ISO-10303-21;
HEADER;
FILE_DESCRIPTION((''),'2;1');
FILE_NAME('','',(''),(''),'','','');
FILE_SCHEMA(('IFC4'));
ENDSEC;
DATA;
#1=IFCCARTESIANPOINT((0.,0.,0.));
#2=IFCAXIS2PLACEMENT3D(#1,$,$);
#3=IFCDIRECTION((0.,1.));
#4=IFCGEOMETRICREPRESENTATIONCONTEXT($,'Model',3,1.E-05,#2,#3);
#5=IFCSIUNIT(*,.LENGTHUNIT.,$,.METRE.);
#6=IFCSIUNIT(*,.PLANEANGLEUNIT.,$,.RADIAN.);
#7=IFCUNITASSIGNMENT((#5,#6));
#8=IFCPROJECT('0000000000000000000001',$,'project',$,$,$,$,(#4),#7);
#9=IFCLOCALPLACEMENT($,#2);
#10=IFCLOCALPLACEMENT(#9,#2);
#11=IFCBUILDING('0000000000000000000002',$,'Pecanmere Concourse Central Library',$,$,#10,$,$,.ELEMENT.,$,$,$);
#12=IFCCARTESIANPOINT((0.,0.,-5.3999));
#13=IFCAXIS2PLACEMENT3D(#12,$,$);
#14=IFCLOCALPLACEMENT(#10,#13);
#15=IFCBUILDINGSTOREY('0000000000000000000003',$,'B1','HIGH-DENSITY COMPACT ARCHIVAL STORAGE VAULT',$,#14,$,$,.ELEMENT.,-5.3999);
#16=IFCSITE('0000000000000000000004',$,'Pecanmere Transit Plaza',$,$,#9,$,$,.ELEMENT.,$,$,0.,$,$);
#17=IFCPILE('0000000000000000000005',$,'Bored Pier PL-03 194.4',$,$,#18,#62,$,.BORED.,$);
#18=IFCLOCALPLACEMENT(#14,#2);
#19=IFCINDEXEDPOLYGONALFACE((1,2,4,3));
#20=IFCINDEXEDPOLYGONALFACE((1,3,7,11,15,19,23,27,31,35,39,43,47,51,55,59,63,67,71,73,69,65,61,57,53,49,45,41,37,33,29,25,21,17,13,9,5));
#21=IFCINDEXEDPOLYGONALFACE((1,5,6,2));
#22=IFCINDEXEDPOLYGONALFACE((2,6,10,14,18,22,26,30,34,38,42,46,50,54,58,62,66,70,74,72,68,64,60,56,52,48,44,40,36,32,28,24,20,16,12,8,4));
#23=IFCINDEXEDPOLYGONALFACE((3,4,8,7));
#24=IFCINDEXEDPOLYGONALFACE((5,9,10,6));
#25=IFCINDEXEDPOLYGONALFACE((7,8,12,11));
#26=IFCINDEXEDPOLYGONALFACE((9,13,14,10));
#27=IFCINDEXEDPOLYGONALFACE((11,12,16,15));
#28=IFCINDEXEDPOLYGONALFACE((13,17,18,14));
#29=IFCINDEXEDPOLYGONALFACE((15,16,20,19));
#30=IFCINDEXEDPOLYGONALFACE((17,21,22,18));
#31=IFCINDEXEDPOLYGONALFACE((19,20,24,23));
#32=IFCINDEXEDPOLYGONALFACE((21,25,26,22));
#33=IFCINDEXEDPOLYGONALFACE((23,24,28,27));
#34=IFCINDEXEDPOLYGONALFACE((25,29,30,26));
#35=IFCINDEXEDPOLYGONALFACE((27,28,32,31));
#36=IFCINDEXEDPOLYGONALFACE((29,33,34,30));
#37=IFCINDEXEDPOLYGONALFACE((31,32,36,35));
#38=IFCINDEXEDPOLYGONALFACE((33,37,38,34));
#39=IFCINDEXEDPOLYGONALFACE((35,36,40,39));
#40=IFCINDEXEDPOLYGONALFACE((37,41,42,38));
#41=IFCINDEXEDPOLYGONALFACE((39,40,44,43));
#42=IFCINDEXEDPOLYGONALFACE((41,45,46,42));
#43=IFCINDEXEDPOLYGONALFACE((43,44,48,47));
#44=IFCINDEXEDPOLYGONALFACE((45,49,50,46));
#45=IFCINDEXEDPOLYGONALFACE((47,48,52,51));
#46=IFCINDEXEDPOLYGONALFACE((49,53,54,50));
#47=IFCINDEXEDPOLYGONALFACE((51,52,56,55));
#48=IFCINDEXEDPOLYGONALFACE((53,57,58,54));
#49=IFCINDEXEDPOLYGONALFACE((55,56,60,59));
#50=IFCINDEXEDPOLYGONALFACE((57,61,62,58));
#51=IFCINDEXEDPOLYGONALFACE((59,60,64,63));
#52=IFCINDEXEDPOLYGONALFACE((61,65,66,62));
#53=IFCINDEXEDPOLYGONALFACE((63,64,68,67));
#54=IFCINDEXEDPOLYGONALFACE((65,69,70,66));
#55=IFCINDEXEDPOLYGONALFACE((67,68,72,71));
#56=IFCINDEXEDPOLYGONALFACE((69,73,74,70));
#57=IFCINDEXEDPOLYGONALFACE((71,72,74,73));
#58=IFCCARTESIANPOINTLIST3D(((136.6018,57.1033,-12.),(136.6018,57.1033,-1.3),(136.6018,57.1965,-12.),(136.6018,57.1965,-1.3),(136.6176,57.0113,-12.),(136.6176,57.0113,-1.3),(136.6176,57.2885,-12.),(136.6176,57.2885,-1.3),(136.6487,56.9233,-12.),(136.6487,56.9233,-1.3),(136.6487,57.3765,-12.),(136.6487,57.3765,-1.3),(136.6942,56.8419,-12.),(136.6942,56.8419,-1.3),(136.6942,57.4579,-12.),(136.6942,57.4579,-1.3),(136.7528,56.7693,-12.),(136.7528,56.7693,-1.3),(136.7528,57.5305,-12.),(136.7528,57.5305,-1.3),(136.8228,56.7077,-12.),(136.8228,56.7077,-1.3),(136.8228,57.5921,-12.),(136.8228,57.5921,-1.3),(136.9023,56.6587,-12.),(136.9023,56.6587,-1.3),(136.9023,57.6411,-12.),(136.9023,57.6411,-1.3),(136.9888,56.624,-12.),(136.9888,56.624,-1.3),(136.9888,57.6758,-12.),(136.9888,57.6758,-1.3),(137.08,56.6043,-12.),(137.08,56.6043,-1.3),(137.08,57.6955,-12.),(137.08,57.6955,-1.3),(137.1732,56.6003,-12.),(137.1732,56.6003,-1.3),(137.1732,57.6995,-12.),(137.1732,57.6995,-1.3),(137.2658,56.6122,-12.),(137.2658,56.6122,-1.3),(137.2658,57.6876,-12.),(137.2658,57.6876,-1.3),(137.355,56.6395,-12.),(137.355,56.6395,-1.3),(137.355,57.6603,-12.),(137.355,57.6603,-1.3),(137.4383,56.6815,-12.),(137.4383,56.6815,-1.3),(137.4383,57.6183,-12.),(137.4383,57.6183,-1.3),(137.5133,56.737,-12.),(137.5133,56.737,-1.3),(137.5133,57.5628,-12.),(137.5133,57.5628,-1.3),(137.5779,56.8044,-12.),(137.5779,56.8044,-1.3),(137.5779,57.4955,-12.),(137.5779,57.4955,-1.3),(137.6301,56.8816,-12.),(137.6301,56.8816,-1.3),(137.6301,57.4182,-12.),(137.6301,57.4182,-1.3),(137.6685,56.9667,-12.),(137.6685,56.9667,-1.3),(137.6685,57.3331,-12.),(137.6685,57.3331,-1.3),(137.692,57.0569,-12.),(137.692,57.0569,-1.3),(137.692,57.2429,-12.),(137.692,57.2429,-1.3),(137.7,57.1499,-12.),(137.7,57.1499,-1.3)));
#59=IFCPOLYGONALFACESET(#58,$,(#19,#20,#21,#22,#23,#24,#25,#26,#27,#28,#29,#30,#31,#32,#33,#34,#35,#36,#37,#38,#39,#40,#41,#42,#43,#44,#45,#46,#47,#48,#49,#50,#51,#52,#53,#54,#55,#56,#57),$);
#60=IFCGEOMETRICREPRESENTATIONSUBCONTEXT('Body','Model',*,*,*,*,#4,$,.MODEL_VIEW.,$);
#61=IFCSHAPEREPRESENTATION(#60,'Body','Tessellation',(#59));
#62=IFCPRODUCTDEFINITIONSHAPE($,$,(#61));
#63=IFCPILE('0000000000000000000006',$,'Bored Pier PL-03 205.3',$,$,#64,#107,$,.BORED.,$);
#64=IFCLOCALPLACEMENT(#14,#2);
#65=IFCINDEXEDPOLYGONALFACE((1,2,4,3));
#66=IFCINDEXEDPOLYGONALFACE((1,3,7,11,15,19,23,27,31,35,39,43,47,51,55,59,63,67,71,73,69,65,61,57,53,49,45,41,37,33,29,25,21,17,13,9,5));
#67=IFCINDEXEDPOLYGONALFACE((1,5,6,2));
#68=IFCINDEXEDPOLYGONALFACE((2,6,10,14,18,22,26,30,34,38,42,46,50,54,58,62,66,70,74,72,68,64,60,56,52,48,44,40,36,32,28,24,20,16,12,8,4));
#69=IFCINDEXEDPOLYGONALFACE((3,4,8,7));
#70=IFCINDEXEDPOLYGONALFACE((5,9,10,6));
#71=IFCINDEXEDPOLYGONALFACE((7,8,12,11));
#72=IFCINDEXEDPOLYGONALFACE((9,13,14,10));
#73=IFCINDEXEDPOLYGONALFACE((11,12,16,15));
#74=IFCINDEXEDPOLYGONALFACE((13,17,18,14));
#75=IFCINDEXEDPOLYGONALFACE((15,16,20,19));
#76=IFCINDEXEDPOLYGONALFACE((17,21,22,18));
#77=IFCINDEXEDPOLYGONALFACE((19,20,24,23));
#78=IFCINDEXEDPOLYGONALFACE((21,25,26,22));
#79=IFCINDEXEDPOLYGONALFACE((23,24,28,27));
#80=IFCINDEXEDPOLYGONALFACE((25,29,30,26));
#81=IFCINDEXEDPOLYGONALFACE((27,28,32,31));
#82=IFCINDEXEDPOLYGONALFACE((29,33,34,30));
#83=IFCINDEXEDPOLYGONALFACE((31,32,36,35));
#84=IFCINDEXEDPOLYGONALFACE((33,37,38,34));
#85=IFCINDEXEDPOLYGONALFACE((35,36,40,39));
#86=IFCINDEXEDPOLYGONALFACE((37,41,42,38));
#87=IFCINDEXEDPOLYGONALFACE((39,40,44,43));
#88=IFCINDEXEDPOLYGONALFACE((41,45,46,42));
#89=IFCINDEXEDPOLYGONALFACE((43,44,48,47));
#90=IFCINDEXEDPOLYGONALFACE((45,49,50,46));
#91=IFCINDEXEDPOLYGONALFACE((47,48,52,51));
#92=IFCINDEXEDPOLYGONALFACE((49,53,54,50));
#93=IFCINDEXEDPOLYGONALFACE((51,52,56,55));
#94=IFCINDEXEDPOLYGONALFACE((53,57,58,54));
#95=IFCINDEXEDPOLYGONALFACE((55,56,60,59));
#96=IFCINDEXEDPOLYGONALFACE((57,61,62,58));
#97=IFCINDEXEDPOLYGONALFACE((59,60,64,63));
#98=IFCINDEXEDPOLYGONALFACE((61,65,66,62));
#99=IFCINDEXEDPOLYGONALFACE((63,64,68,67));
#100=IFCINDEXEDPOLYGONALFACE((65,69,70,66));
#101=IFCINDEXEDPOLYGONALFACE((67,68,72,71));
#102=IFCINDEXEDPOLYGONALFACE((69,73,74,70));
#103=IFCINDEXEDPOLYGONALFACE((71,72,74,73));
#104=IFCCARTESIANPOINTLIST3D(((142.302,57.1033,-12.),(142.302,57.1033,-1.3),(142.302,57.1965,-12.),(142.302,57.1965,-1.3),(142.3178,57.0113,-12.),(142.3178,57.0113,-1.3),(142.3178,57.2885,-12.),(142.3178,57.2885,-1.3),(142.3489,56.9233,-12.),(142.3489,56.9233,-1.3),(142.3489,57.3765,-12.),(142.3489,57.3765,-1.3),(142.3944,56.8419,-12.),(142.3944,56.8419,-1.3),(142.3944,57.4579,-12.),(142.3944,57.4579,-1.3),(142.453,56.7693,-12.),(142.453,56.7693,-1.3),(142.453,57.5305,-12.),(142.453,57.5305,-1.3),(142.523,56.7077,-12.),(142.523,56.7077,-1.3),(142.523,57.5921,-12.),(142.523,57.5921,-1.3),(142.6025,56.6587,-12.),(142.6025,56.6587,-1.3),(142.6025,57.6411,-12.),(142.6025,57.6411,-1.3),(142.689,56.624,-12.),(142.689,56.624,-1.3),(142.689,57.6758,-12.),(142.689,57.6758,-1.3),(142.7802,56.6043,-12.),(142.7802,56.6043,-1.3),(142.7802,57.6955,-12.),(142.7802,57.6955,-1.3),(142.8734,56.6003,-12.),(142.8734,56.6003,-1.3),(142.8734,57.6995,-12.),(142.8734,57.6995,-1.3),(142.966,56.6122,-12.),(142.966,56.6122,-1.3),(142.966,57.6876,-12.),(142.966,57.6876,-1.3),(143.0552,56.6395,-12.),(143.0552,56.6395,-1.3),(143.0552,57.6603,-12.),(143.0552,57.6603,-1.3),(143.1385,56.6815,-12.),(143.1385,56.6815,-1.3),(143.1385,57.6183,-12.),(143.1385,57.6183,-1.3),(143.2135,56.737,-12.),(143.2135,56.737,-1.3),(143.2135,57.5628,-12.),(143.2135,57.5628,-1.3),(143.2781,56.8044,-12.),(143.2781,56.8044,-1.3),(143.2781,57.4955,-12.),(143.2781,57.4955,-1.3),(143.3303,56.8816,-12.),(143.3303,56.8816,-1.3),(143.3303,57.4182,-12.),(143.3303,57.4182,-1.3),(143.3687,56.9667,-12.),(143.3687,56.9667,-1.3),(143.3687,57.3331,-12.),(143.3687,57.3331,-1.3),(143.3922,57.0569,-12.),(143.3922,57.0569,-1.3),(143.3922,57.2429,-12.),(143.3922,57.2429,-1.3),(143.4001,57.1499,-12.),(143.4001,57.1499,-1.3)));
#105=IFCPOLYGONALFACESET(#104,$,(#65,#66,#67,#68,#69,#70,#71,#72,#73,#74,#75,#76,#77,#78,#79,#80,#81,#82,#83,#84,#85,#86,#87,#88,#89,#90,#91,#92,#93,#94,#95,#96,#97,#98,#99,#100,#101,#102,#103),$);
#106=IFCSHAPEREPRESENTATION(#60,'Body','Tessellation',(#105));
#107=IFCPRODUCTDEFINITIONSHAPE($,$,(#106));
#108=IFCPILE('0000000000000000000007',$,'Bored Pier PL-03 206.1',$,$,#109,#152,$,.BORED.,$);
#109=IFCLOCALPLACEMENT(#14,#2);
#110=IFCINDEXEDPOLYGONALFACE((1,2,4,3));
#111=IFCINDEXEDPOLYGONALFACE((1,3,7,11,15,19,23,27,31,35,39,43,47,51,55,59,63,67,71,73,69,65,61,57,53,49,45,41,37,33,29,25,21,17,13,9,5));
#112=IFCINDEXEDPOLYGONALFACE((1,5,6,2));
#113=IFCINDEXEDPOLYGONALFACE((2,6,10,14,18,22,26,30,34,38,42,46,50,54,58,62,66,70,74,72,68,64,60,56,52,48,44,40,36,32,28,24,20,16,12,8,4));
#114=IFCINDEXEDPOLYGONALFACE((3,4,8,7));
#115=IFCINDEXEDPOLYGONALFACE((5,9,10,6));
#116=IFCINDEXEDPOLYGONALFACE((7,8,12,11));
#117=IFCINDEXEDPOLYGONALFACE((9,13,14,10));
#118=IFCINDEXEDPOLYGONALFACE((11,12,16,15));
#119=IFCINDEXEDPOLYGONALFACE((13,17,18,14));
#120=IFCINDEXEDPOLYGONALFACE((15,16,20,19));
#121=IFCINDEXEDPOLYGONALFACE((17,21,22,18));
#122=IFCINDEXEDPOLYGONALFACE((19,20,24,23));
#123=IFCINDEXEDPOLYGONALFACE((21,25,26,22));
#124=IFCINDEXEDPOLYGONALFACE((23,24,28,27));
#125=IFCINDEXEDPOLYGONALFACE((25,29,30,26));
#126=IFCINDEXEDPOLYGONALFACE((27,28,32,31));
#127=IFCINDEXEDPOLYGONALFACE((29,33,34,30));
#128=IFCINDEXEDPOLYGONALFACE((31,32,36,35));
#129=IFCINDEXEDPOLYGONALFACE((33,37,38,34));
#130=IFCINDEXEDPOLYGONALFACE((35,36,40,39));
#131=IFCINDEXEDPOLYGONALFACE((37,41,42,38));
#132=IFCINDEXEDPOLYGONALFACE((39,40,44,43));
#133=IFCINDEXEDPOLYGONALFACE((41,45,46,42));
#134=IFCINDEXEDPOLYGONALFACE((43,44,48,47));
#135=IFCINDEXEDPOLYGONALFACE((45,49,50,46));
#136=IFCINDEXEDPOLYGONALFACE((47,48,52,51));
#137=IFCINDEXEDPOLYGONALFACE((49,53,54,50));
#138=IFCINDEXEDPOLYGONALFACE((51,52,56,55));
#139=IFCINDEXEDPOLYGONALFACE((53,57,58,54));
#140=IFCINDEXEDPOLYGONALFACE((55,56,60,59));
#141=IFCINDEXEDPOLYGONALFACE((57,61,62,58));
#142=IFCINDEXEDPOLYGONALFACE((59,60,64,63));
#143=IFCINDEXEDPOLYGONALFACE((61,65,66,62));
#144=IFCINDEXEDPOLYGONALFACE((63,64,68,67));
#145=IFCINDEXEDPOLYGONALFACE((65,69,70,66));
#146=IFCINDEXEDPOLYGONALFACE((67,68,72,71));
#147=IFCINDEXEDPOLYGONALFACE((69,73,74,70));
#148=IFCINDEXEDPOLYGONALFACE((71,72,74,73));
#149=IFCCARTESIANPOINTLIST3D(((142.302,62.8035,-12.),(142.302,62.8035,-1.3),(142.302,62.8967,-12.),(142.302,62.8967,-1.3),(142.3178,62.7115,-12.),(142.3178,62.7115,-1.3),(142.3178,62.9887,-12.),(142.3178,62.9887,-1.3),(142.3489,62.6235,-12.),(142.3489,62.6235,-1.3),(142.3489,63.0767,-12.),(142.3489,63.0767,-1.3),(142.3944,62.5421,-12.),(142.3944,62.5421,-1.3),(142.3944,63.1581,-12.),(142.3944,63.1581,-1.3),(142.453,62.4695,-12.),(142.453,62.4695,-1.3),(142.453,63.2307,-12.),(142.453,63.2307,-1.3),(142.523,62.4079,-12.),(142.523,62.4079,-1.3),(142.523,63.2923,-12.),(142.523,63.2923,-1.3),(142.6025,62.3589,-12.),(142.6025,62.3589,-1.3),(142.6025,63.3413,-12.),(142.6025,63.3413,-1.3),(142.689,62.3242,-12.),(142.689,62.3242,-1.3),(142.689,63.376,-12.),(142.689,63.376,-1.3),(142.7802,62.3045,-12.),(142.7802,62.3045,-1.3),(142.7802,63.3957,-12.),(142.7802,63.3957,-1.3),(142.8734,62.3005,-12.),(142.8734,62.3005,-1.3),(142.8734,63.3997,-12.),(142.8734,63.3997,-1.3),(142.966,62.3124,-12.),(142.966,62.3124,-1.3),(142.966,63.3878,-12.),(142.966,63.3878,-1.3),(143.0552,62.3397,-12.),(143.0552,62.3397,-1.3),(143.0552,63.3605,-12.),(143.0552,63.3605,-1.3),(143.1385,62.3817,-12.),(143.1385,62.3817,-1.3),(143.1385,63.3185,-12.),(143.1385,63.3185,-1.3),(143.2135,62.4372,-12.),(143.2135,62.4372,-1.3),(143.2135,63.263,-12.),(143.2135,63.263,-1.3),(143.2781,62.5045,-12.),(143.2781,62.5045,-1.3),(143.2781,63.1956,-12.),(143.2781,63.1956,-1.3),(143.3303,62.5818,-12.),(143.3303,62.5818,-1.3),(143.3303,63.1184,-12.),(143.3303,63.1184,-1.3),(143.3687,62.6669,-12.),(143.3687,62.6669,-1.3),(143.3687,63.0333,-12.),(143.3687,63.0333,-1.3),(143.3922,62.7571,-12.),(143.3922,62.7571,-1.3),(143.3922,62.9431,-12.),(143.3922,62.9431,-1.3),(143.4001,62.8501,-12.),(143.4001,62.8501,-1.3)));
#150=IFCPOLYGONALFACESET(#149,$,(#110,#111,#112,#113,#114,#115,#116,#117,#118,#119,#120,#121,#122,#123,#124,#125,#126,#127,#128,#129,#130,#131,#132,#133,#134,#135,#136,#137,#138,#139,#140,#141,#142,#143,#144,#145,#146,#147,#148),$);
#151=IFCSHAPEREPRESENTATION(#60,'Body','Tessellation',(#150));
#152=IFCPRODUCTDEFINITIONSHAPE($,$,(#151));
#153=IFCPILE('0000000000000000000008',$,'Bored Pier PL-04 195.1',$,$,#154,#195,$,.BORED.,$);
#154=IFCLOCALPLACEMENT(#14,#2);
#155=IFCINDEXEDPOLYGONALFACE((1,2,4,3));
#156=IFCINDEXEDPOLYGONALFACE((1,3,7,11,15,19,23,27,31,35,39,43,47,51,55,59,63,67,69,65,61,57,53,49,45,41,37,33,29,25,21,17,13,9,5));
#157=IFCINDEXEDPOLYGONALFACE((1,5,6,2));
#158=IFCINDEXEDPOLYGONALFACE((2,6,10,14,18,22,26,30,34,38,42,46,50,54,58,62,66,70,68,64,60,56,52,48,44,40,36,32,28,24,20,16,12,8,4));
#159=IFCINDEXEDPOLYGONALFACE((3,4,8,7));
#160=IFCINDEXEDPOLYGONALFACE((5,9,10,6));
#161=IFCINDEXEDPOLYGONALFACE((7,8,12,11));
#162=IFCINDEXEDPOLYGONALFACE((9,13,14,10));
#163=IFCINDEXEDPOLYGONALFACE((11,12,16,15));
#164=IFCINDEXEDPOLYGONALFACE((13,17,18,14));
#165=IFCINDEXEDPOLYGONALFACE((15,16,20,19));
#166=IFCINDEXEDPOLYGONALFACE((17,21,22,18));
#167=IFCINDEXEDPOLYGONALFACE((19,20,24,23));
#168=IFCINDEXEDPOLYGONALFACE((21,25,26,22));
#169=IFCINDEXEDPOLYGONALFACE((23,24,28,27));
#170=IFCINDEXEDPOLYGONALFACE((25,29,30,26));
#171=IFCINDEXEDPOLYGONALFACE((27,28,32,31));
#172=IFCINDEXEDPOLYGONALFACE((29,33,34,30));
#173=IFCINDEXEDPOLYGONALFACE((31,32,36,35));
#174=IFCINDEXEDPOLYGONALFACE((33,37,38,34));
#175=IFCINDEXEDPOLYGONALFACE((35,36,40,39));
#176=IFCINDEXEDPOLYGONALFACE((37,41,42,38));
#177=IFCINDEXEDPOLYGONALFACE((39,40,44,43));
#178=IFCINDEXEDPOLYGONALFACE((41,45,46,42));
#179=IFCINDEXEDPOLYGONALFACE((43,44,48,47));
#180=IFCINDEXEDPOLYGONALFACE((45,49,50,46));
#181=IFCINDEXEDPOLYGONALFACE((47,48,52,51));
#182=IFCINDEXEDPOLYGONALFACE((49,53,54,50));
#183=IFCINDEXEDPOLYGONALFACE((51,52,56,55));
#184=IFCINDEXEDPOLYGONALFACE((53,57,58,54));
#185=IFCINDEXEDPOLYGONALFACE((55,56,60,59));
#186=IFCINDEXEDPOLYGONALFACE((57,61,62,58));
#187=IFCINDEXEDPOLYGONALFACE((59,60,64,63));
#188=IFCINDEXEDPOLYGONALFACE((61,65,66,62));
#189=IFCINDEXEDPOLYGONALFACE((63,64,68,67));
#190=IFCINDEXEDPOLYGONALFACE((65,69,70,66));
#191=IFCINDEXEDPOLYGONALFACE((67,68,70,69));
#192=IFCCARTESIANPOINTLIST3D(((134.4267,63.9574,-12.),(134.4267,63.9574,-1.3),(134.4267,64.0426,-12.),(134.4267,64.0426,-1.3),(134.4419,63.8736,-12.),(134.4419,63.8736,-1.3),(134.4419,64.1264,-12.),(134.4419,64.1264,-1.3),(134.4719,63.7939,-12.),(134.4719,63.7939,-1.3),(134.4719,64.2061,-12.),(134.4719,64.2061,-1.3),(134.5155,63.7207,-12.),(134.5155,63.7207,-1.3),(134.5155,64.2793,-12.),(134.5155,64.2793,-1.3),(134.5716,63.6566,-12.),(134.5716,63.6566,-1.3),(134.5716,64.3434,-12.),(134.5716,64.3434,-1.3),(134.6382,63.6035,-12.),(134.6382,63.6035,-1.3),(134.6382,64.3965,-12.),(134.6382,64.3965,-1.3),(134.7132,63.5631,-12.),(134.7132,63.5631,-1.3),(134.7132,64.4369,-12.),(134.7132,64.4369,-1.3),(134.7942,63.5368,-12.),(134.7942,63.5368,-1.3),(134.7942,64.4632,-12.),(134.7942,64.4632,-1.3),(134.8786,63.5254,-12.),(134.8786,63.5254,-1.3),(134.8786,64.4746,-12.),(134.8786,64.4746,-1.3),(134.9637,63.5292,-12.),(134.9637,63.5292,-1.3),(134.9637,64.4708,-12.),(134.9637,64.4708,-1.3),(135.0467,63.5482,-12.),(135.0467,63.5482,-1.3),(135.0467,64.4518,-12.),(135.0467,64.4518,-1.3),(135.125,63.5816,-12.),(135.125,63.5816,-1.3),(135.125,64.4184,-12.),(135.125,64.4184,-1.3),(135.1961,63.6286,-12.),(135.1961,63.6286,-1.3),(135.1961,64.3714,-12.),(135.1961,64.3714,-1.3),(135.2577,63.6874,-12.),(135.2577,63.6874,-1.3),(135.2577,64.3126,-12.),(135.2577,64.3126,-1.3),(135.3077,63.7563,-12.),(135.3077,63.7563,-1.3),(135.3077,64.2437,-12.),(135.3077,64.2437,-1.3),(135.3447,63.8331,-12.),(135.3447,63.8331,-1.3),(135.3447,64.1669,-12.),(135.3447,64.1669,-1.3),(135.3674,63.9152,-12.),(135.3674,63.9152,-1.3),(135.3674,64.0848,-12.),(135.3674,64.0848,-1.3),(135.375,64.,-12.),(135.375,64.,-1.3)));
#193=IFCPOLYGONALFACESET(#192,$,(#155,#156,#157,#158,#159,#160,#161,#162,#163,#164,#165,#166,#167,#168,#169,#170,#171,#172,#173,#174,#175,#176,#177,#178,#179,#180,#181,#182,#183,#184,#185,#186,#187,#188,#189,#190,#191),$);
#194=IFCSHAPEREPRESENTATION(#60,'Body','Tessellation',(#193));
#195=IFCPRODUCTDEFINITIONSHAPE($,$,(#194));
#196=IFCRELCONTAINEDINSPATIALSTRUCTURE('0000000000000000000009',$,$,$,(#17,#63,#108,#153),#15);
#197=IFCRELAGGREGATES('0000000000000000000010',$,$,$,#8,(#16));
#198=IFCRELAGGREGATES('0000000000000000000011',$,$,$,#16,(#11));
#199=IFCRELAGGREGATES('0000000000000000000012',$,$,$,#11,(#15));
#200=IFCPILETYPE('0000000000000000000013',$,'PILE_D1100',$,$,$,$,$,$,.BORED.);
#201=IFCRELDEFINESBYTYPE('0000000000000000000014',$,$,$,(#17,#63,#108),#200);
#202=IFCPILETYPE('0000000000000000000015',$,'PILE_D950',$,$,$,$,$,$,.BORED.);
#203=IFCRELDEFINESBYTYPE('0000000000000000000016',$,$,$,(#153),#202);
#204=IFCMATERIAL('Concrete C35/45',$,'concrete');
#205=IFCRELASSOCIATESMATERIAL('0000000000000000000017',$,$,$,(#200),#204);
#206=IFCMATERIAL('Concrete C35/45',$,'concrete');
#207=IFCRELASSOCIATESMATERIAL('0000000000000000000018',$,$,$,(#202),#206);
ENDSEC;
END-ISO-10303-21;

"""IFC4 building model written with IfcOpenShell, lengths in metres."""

from ifc_helpers import new_model, si_unit, direction, frame, origin, origin_2d, place, context, subcontext, project, spatial, circle, extrude, material, material_profile, profile_set, type_object, element, save


model = new_model("IFC4")

# Units and contexts
model_context = context("Model", 3, precision=1e-05, world=origin(), true_north=direction((0.0, 1.0)))
body_context = subcontext(model_context, "Body", "Model", "MODEL_VIEW")
ifc_project = project(units=[si_unit("LENGTHUNIT", "METRE"), si_unit("PLANEANGLEUNIT", "RADIAN")], contexts=[model_context])

# Site, building, storey
site_placement = place(None, origin())
site = spatial("IfcSite", under=ifc_project, at=site_placement, Name="Pecanmere Transit Plaza", CompositionType="ELEMENT", RefElevation=0.0)
building_placement = place(site_placement, origin())
building = spatial("IfcBuilding", under=site, at=building_placement, Name="Pecanmere Concourse Central Library", CompositionType="ELEMENT")
storey_placement = place(building_placement, frame((0.0, 0.0, -5.3999)))
storey = spatial("IfcBuildingStorey", under=building, at=storey_placement, Name="B1", Description="HIGH-DENSITY COMPACT ARCHIVAL STORAGE VAULT", CompositionType="ELEMENT", Elevation=-5.3999)

# Piles
ifc_material_1 = material(Name="Concrete C35/45", Category="concrete")
ifc_material_profile_1 = material_profile(ifc_material_1, circle(Radius=0.55, at=origin_2d()), Name="PIER D1100")
ifc_profile_set_1 = profile_set([ifc_material_profile_1], Name="Concrete C35/45")
pile_type_1 = type_object("IfcPileType", Name="PILE_D1100", PredefinedType="BORED", material=ifc_profile_set_1)
for number, where, z_axis, x_axis, name in (
    (1, (137.1499, 57.1499, -1.3), (0.0, 0.0, -1.0), (1.0, 0.0, 0.0), "Bored Pier PL-03 194.4"),
    (2, (142.8501, 57.1499, -1.3), (0.0, 0.0, -1.0), (1.0, 0.0, 0.0), "Bored Pier PL-03 205.3"),
    (3, (142.8501, 62.8501, -1.3), (0.0, 0.0, -1.0), (1.0, 0.0, 0.0), "Bored Pier PL-03 206.1"),
):
    element("IfcPile", number, at=place(storey_placement, frame(where, z_axis=z_axis, x_axis=x_axis)), inside=storey, type_object=pile_type_1, Name=name, PredefinedType="BORED", context=body_context, shape_type="SweptSolid", body=[
        extrude(circle(Radius=0.55, at=origin_2d()), origin(), (0.0, 0.0, 1.0), 10.7),
    ])
ifc_material_2 = material(Name="Concrete C35/45", Category="concrete")
ifc_material_profile_2 = material_profile(ifc_material_2, circle(Radius=0.4751, at=origin_2d()), Name="PIER D950")
ifc_profile_set_2 = profile_set([ifc_material_profile_2], Name="Concrete C35/45")
pile_type_2 = type_object("IfcPileType", Name="PILE_D950", PredefinedType="BORED", material=ifc_profile_set_2)
for number, where, z_axis, x_axis, name in (
    (4, (134.8999, 64.0, -1.3), (0.0, 0.0, -1.0), (1.0, 0.0, 0.0), "Bored Pier PL-04 195.1"),
):
    element("IfcPile", number, at=place(storey_placement, frame(where, z_axis=z_axis, x_axis=x_axis)), inside=storey, type_object=pile_type_2, Name=name, PredefinedType="BORED", context=body_context, shape_type="SweptSolid", body=[
        extrude(circle(Radius=0.4751, at=origin_2d()), origin(), (0.0, 0.0, 1.0), 10.7),
    ])

save(model, "model.ifc")
